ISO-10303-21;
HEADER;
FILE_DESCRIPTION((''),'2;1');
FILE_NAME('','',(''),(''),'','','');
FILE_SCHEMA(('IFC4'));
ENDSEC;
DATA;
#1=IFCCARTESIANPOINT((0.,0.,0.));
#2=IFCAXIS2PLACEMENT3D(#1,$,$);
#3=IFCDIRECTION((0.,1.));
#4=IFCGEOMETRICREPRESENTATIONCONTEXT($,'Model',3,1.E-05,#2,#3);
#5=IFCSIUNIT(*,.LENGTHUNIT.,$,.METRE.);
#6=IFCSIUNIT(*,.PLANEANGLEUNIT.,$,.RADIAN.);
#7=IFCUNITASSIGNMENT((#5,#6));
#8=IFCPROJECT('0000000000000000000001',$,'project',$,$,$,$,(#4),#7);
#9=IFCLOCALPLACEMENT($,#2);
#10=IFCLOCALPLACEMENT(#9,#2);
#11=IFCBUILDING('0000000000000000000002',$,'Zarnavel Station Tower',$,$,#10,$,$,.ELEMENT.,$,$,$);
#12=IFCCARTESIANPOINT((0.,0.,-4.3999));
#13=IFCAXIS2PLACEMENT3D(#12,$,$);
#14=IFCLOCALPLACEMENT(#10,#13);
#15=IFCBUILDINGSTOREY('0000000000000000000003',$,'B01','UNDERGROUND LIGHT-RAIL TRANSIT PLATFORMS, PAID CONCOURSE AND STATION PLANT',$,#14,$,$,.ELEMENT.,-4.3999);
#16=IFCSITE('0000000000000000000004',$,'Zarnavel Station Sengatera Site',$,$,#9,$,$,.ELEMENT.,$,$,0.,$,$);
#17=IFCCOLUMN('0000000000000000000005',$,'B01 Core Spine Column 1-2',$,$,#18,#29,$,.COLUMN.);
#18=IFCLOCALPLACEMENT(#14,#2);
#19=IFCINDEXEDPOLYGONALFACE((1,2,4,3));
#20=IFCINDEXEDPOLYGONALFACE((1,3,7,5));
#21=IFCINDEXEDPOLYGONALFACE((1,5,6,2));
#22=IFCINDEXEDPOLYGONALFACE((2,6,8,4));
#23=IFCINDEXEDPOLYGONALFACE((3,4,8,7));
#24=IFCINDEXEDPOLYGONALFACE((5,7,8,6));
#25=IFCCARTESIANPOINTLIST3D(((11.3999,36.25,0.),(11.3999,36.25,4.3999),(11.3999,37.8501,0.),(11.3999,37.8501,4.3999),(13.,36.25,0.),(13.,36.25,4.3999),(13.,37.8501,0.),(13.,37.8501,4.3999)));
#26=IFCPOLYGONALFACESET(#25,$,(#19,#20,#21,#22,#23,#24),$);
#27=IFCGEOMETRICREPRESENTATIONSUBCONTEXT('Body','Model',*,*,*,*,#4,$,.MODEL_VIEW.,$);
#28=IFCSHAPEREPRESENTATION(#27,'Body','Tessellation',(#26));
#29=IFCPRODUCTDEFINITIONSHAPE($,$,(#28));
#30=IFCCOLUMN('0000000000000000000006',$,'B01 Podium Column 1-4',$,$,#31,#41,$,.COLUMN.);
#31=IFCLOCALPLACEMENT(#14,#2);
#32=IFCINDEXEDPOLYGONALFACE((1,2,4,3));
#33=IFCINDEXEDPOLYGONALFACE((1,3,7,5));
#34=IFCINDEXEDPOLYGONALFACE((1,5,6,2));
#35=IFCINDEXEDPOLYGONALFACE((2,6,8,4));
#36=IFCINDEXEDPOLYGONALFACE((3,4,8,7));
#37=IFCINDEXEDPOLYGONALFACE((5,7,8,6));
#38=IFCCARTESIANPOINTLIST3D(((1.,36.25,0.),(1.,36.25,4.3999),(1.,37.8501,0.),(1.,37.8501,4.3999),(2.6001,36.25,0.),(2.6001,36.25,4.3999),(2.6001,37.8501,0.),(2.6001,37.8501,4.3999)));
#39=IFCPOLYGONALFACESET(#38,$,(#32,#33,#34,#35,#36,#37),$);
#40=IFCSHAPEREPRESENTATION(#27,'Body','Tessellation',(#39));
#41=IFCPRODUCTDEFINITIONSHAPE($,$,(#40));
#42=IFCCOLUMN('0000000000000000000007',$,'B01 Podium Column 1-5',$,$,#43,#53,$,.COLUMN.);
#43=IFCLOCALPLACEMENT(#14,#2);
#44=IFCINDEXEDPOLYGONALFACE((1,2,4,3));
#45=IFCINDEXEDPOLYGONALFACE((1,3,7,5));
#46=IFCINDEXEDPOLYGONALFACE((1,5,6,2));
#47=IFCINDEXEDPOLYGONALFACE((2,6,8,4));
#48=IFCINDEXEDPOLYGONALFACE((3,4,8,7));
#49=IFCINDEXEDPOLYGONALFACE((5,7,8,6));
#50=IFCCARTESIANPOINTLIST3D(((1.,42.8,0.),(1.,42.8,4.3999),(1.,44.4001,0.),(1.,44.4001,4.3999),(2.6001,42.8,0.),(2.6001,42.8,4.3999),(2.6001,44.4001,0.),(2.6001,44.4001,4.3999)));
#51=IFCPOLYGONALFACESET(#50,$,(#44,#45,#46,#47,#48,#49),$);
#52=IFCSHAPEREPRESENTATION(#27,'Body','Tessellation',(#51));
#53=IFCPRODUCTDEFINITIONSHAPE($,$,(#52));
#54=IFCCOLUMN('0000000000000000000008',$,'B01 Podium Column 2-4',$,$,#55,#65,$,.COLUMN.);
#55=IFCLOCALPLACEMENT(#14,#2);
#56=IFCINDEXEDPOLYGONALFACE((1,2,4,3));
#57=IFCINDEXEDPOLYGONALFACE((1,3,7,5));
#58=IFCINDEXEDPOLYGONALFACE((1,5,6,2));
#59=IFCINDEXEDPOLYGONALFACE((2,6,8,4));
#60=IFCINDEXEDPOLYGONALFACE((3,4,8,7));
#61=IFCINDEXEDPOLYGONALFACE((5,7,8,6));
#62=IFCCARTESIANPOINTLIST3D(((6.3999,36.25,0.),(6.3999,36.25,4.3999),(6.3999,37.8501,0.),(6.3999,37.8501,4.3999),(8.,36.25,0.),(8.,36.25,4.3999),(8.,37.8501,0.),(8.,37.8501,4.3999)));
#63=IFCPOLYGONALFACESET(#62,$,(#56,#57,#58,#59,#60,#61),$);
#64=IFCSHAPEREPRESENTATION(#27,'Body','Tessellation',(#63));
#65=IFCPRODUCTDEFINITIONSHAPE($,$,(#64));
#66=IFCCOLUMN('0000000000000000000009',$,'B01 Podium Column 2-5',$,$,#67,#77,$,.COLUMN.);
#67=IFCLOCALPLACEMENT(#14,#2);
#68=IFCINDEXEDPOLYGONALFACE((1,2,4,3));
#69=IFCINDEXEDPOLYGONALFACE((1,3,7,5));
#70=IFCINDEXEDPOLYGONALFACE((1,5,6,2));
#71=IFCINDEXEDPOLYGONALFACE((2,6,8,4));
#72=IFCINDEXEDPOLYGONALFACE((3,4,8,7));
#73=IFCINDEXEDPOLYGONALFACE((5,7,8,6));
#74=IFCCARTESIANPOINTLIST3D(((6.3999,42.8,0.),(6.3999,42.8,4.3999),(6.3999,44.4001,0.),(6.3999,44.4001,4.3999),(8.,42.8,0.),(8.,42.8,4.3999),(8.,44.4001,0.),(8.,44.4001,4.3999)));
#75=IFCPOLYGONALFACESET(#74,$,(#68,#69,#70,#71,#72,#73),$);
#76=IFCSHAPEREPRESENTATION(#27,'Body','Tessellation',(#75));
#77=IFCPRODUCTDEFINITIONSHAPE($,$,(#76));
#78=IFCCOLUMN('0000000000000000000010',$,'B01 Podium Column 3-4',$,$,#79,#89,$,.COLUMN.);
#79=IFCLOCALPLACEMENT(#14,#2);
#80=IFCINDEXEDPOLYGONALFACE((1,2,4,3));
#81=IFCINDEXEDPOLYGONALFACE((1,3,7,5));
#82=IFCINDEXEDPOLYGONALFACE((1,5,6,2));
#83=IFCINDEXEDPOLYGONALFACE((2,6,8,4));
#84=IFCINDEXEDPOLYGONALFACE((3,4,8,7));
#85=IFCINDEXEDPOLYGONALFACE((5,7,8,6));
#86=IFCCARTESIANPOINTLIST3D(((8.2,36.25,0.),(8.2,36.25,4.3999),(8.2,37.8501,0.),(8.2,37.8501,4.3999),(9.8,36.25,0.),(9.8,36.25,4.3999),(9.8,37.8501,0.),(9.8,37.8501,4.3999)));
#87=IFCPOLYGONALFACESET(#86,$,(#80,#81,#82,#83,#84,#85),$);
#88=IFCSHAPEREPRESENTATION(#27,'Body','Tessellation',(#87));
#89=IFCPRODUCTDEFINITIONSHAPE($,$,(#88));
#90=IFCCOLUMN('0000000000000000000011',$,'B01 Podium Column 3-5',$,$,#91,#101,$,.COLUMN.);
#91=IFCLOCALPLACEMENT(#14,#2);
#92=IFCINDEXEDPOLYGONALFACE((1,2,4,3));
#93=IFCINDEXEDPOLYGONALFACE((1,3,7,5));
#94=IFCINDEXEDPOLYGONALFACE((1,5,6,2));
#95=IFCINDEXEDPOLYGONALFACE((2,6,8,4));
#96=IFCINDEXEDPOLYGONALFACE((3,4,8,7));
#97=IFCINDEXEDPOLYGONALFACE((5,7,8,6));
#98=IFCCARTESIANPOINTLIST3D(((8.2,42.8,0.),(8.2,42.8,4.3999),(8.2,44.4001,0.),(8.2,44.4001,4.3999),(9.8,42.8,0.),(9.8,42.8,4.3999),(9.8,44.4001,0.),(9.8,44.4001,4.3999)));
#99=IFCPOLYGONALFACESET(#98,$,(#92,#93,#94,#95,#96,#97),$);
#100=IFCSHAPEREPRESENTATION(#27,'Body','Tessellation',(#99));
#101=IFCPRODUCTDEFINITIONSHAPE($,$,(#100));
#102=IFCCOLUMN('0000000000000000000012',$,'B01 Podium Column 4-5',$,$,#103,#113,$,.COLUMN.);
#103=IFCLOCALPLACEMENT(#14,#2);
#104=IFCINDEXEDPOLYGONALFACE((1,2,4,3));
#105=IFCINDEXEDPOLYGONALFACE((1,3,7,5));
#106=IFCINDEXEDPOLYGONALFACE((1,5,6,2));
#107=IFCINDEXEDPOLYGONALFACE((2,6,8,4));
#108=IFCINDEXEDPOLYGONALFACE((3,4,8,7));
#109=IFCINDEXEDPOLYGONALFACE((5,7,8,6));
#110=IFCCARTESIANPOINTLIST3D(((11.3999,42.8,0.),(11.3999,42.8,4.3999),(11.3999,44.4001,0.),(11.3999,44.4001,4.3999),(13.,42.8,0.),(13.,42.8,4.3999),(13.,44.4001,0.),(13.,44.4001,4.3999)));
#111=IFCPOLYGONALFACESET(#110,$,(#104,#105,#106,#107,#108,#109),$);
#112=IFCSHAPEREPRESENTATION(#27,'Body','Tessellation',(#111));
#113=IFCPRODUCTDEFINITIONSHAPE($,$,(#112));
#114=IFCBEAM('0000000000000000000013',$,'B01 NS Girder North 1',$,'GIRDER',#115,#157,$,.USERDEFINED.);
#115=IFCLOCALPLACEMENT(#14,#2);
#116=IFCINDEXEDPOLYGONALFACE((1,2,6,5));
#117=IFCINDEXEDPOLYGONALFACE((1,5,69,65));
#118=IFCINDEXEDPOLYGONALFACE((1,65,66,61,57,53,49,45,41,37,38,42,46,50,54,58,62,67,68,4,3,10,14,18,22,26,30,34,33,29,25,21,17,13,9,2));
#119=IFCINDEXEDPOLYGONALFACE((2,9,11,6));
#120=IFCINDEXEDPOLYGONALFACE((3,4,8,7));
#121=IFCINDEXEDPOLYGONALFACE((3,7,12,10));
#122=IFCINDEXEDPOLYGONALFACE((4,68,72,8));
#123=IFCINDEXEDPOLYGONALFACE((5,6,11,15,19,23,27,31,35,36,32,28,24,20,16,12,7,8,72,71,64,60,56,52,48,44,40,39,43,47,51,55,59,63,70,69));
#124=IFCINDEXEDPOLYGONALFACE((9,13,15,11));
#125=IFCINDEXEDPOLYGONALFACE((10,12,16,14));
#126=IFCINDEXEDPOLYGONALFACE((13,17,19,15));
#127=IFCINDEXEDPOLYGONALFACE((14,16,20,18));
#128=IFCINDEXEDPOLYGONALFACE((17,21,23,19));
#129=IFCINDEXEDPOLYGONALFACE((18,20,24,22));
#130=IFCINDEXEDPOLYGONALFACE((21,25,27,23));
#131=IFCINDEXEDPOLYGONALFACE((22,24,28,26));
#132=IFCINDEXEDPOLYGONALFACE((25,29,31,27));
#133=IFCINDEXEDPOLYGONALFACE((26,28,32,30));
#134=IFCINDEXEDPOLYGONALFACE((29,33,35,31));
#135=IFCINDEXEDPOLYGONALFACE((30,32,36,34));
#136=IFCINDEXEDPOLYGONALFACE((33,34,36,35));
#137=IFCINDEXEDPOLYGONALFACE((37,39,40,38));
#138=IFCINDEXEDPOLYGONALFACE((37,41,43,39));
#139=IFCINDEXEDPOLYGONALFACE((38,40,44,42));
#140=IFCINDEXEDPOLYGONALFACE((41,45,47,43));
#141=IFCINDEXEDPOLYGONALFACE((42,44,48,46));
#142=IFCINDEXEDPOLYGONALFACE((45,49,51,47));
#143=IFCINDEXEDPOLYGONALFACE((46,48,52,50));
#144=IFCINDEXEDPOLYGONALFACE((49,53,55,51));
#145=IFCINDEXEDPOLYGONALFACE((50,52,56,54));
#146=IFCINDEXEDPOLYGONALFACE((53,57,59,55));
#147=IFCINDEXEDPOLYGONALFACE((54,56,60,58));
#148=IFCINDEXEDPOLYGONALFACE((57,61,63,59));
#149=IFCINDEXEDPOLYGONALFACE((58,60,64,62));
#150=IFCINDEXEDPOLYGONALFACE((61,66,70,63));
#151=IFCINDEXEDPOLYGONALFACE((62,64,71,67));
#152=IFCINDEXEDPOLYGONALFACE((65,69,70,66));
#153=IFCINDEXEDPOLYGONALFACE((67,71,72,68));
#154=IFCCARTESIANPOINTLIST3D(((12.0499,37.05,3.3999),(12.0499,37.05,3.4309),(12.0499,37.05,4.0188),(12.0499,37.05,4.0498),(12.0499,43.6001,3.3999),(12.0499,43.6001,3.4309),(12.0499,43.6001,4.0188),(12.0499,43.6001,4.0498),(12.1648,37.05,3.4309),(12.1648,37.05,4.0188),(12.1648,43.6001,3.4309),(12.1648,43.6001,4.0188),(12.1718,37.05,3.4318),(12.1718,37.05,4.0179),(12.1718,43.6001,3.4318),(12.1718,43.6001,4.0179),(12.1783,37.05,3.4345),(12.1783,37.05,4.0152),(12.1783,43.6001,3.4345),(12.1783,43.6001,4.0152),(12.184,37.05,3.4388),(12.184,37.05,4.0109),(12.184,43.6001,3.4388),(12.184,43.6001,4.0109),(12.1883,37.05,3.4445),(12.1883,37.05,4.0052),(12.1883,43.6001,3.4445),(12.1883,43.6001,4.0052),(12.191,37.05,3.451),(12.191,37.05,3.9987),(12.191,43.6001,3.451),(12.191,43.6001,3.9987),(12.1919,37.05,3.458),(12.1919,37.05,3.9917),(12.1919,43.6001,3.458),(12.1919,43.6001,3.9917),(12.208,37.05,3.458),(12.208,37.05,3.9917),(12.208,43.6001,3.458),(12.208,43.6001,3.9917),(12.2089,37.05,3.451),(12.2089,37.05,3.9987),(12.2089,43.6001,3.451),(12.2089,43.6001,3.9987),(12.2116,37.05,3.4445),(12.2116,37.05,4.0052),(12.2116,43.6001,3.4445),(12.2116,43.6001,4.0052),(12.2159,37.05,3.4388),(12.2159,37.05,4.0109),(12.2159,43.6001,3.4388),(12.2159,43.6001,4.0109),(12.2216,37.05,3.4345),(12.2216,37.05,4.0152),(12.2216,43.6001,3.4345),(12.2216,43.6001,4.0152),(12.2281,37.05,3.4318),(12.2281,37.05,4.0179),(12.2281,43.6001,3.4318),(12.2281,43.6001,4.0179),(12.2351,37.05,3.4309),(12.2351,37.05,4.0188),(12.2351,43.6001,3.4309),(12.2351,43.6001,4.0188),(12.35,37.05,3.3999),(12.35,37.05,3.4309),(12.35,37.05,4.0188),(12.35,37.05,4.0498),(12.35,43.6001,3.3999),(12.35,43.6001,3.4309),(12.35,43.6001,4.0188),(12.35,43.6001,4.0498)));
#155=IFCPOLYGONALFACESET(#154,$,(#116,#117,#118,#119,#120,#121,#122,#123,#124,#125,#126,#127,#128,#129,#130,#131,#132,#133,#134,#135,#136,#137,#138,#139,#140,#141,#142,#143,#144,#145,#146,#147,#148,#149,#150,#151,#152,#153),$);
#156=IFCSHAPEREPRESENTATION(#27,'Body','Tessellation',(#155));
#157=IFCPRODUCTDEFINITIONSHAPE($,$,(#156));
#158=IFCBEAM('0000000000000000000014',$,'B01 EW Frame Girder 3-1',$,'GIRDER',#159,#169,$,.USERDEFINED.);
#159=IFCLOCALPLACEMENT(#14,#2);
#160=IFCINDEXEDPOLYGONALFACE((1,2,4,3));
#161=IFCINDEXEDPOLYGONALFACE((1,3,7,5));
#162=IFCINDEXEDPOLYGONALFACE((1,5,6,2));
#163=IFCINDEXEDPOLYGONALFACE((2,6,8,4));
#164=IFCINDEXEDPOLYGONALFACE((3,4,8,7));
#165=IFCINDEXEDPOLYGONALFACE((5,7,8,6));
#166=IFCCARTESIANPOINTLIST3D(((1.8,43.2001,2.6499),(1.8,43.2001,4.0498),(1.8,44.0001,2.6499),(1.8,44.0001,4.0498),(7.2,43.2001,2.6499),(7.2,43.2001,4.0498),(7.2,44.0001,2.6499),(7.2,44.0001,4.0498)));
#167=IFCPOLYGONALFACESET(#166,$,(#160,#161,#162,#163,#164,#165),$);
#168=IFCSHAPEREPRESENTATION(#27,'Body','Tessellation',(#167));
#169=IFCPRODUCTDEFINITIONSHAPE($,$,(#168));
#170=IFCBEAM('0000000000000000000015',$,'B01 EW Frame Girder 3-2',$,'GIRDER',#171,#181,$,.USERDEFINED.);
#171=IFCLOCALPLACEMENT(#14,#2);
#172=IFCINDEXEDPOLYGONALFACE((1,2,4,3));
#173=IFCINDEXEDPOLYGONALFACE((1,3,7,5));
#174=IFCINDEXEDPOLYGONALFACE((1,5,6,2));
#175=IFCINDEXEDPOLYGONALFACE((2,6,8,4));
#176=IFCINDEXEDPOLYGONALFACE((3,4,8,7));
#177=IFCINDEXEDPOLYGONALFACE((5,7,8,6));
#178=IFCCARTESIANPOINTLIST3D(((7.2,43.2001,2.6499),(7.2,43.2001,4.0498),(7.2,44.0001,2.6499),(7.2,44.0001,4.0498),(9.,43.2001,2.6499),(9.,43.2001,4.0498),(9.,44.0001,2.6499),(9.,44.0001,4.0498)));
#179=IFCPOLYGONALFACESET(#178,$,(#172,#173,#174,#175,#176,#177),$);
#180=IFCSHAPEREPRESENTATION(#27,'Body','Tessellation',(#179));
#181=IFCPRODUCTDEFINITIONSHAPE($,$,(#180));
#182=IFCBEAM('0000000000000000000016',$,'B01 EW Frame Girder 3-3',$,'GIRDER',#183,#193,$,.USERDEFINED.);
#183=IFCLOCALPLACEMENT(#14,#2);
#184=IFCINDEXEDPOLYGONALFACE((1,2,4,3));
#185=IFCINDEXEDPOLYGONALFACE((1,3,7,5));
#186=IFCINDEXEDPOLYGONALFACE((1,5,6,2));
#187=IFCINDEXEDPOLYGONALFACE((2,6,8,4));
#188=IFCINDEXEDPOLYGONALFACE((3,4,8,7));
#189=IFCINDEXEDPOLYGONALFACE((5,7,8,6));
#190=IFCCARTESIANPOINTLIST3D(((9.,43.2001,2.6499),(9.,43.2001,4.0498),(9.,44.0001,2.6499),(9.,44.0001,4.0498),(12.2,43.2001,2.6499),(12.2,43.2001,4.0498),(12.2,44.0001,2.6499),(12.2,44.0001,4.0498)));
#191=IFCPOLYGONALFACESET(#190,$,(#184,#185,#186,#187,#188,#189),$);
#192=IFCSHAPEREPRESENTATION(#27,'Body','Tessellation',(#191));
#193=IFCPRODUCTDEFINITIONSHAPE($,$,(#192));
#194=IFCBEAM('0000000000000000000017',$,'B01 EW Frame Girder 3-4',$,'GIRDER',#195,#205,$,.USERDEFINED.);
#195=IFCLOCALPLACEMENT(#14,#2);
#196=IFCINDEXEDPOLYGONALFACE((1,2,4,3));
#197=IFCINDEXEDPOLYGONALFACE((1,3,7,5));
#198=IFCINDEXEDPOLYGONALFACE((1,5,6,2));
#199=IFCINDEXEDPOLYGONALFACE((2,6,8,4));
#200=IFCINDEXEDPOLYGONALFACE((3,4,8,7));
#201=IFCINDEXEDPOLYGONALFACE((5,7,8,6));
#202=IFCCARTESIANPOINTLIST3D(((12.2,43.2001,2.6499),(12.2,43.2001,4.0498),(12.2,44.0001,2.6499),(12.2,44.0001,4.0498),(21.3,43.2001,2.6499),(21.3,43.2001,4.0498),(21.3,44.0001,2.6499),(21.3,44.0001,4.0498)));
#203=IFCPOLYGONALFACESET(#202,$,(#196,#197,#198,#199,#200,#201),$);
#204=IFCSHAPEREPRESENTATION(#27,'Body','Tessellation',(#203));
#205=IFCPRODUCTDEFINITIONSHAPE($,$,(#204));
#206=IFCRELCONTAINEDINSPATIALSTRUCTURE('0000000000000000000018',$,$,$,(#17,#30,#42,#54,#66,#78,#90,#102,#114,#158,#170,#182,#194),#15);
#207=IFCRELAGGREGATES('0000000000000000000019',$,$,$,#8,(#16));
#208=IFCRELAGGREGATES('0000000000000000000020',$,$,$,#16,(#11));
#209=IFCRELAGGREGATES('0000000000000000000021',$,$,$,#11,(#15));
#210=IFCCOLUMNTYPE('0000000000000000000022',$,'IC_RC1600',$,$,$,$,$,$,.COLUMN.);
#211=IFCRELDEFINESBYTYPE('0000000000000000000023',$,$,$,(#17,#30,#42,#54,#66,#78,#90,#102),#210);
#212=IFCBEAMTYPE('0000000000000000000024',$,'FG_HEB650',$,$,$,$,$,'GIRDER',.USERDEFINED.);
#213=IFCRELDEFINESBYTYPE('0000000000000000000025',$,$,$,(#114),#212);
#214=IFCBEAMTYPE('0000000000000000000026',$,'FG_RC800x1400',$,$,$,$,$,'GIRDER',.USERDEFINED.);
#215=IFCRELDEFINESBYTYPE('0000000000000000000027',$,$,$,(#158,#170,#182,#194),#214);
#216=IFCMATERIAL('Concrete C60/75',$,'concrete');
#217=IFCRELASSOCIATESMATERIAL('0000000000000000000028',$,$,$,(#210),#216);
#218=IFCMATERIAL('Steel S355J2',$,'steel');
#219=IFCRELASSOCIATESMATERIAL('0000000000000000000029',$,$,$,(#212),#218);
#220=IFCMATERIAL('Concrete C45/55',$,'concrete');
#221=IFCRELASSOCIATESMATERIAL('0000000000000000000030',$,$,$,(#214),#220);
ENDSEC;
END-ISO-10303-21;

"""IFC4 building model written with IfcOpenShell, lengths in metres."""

from ifc_helpers import new_model, si_unit, direction, frame, origin, origin_2d, place, context, subcontext, project, spatial, rectangle, i_section, extrude, material, material_profile, profile_set, type_object, element, save


model = new_model("IFC4")

# Units and contexts
model_context = context("Model", 3, precision=1e-05, world=origin(), true_north=direction((0.0, 1.0)))
body_context = subcontext(model_context, "Body", "Model", "MODEL_VIEW")
ifc_project = project(units=[si_unit("LENGTHUNIT", "METRE"), si_unit("PLANEANGLEUNIT", "RADIAN")], contexts=[model_context])

# Site, building, storey
site_placement = place(None, origin())
site = spatial("IfcSite", under=ifc_project, at=site_placement, Name="Zarnavel Station Sengatera Site", CompositionType="ELEMENT", RefElevation=0.0)
building_placement = place(site_placement, origin())
building = spatial("IfcBuilding", under=site, at=building_placement, Name="Zarnavel Station Tower", CompositionType="ELEMENT")
storey_placement = place(building_placement, frame((0.0, 0.0, -4.3999)))
storey = spatial("IfcBuildingStorey", under=building, at=storey_placement, Name="B01", Description="UNDERGROUND LIGHT-RAIL TRANSIT PLATFORMS, PAID CONCOURSE AND STATION PLANT", CompositionType="ELEMENT", Elevation=-4.3999)

# Columns
ifc_material_1 = material(Name="Concrete C60/75", Category="concrete")
ifc_material_profile_1 = material_profile(ifc_material_1, rectangle(XDim=1.6001, YDim=1.6001, at=origin_2d()), Name="RC1600x1600")
ifc_profile_set_1 = profile_set([ifc_material_profile_1], Name="Concrete C60/75")
column_type = type_object("IfcColumnType", Name="IC_RC1600", PredefinedType="COLUMN", material=ifc_profile_set_1)
for number, where, z_axis, x_axis, name in (
    (1, (12.2, 37.05, 0.0), (0.0, 0.0, 1.0), (1.0, 0.0, 0.0), "B01 Core Spine Column 1-2"),
    (2, (1.8, 37.05, 0.0), (0.0, 0.0, 1.0), (1.0, 0.0, 0.0), "B01 Podium Column 1-4"),
    (3, (1.8, 43.6001, 0.0), (0.0, 0.0, 1.0), (1.0, 0.0, 0.0), "B01 Podium Column 1-5"),
    (4, (7.2, 37.05, 0.0), (0.0, 0.0, 1.0), (1.0, 0.0, 0.0), "B01 Podium Column 2-4"),
    (5, (7.2, 43.6001, 0.0), (0.0, 0.0, 1.0), (1.0, 0.0, 0.0), "B01 Podium Column 2-5"),
    (6, (9.0, 37.05, 0.0), (0.0, 0.0, 1.0), (1.0, 0.0, 0.0), "B01 Podium Column 3-4"),
    (7, (9.0, 43.6001, 0.0), (0.0, 0.0, 1.0), (1.0, 0.0, 0.0), "B01 Podium Column 3-5"),
    (8, (12.2, 43.6001, 0.0), (0.0, 0.0, 1.0), (1.0, 0.0, 0.0), "B01 Podium Column 4-5"),
):
    element("IfcColumn", number, at=place(storey_placement, frame(where, z_axis=z_axis, x_axis=x_axis)), inside=storey, type_object=column_type, Name=name, PredefinedType="COLUMN", context=body_context, shape_type="SweptSolid", body=[
        extrude(rectangle(XDim=1.6001, YDim=1.6001, at=origin_2d()), origin(), (0.0, 0.0, 1.0), 4.3999),
    ])

# Beams
ifc_material_2 = material(Name="Steel S355J2", Category="steel")
ifc_material_profile_2 = material_profile(ifc_material_2, i_section(OverallWidth=0.3, OverallDepth=0.6499, WebThickness=0.0161, FlangeThickness=0.031, FilletRadius=0.0271, at=origin_2d()), Name="HEB650")
ifc_profile_set_2 = profile_set([ifc_material_profile_2], Name="Steel S355J2")
beam_type_1 = type_object("IfcBeamType", Name="FG_HEB650", ElementType="GIRDER", PredefinedType="USERDEFINED", material=ifc_profile_set_2)
beam_1_placement = place(storey_placement, frame((12.2, 37.05, 3.7249), z_axis=(0.0, 1.0, 0.0), x_axis=(-1.0, 0.0, 0.0)))
element("IfcBeam", 9, at=beam_1_placement, inside=storey, type_object=beam_type_1, Name="B01 NS Girder North 1", ObjectType="GIRDER", PredefinedType="USERDEFINED", context=body_context, shape_type="SweptSolid", body=[
    extrude(i_section(OverallWidth=0.3, OverallDepth=0.6499, WebThickness=0.0161, FlangeThickness=0.031, FilletRadius=0.0271, at=origin_2d()), origin(), (0.0, 0.0, 1.0), 6.55),
])
ifc_material_3 = material(Name="Concrete C45/55", Category="concrete")
ifc_material_profile_3 = material_profile(ifc_material_3, rectangle(XDim=0.8, YDim=1.3999, at=origin_2d()), Name="RC800x1400")
ifc_profile_set_3 = profile_set([ifc_material_profile_3], Name="Concrete C45/55")
beam_type_2 = type_object("IfcBeamType", Name="FG_RC800x1400", ElementType="GIRDER", PredefinedType="USERDEFINED", material=ifc_profile_set_3)
beam_2_placement = place(storey_placement, frame((1.8, 43.6001, 3.3499), z_axis=(1.0, 0.0, 0.0), x_axis=(0.0, 1.0, 0.0)))
element("IfcBeam", 10, at=beam_2_placement, inside=storey, type_object=beam_type_2, Name="B01 EW Frame Girder 3-1", ObjectType="GIRDER", PredefinedType="USERDEFINED", context=body_context, shape_type="SweptSolid", body=[
    extrude(rectangle(XDim=0.8, YDim=1.3999, at=origin_2d()), origin(), (0.0, 0.0, 1.0), 5.3999),
])
beam_3_placement = place(storey_placement, frame((7.2, 43.6001, 3.3499), z_axis=(1.0, 0.0, 0.0), x_axis=(0.0, 1.0, 0.0)))
element("IfcBeam", 11, at=beam_3_placement, inside=storey, type_object=beam_type_2, Name="B01 EW Frame Girder 3-2", ObjectType="GIRDER", PredefinedType="USERDEFINED", context=body_context, shape_type="SweptSolid", body=[
    extrude(rectangle(XDim=0.8, YDim=1.3999, at=origin_2d()), origin(), (0.0, 0.0, 1.0), 1.8),
])
beam_4_placement = place(storey_placement, frame((9.0, 43.6001, 3.3499), z_axis=(1.0, 0.0, 0.0), x_axis=(0.0, 1.0, 0.0)))
element("IfcBeam", 12, at=beam_4_placement, inside=storey, type_object=beam_type_2, Name="B01 EW Frame Girder 3-3", ObjectType="GIRDER", PredefinedType="USERDEFINED", context=body_context, shape_type="SweptSolid", body=[
    extrude(rectangle(XDim=0.8, YDim=1.3999, at=origin_2d()), origin(), (0.0, 0.0, 1.0), 3.2),
])
beam_5_placement = place(storey_placement, frame((12.2, 43.6001, 3.3499), z_axis=(1.0, 0.0, 0.0), x_axis=(0.0, 1.0, 0.0)))
element("IfcBeam", 13, at=beam_5_placement, inside=storey, type_object=beam_type_2, Name="B01 EW Frame Girder 3-4", ObjectType="GIRDER", PredefinedType="USERDEFINED", context=body_context, shape_type="SweptSolid", body=[
    extrude(rectangle(XDim=0.8, YDim=1.3999, at=origin_2d()), origin(), (0.0, 0.0, 1.0), 9.1001),
])

save(model, "model.ifc")
